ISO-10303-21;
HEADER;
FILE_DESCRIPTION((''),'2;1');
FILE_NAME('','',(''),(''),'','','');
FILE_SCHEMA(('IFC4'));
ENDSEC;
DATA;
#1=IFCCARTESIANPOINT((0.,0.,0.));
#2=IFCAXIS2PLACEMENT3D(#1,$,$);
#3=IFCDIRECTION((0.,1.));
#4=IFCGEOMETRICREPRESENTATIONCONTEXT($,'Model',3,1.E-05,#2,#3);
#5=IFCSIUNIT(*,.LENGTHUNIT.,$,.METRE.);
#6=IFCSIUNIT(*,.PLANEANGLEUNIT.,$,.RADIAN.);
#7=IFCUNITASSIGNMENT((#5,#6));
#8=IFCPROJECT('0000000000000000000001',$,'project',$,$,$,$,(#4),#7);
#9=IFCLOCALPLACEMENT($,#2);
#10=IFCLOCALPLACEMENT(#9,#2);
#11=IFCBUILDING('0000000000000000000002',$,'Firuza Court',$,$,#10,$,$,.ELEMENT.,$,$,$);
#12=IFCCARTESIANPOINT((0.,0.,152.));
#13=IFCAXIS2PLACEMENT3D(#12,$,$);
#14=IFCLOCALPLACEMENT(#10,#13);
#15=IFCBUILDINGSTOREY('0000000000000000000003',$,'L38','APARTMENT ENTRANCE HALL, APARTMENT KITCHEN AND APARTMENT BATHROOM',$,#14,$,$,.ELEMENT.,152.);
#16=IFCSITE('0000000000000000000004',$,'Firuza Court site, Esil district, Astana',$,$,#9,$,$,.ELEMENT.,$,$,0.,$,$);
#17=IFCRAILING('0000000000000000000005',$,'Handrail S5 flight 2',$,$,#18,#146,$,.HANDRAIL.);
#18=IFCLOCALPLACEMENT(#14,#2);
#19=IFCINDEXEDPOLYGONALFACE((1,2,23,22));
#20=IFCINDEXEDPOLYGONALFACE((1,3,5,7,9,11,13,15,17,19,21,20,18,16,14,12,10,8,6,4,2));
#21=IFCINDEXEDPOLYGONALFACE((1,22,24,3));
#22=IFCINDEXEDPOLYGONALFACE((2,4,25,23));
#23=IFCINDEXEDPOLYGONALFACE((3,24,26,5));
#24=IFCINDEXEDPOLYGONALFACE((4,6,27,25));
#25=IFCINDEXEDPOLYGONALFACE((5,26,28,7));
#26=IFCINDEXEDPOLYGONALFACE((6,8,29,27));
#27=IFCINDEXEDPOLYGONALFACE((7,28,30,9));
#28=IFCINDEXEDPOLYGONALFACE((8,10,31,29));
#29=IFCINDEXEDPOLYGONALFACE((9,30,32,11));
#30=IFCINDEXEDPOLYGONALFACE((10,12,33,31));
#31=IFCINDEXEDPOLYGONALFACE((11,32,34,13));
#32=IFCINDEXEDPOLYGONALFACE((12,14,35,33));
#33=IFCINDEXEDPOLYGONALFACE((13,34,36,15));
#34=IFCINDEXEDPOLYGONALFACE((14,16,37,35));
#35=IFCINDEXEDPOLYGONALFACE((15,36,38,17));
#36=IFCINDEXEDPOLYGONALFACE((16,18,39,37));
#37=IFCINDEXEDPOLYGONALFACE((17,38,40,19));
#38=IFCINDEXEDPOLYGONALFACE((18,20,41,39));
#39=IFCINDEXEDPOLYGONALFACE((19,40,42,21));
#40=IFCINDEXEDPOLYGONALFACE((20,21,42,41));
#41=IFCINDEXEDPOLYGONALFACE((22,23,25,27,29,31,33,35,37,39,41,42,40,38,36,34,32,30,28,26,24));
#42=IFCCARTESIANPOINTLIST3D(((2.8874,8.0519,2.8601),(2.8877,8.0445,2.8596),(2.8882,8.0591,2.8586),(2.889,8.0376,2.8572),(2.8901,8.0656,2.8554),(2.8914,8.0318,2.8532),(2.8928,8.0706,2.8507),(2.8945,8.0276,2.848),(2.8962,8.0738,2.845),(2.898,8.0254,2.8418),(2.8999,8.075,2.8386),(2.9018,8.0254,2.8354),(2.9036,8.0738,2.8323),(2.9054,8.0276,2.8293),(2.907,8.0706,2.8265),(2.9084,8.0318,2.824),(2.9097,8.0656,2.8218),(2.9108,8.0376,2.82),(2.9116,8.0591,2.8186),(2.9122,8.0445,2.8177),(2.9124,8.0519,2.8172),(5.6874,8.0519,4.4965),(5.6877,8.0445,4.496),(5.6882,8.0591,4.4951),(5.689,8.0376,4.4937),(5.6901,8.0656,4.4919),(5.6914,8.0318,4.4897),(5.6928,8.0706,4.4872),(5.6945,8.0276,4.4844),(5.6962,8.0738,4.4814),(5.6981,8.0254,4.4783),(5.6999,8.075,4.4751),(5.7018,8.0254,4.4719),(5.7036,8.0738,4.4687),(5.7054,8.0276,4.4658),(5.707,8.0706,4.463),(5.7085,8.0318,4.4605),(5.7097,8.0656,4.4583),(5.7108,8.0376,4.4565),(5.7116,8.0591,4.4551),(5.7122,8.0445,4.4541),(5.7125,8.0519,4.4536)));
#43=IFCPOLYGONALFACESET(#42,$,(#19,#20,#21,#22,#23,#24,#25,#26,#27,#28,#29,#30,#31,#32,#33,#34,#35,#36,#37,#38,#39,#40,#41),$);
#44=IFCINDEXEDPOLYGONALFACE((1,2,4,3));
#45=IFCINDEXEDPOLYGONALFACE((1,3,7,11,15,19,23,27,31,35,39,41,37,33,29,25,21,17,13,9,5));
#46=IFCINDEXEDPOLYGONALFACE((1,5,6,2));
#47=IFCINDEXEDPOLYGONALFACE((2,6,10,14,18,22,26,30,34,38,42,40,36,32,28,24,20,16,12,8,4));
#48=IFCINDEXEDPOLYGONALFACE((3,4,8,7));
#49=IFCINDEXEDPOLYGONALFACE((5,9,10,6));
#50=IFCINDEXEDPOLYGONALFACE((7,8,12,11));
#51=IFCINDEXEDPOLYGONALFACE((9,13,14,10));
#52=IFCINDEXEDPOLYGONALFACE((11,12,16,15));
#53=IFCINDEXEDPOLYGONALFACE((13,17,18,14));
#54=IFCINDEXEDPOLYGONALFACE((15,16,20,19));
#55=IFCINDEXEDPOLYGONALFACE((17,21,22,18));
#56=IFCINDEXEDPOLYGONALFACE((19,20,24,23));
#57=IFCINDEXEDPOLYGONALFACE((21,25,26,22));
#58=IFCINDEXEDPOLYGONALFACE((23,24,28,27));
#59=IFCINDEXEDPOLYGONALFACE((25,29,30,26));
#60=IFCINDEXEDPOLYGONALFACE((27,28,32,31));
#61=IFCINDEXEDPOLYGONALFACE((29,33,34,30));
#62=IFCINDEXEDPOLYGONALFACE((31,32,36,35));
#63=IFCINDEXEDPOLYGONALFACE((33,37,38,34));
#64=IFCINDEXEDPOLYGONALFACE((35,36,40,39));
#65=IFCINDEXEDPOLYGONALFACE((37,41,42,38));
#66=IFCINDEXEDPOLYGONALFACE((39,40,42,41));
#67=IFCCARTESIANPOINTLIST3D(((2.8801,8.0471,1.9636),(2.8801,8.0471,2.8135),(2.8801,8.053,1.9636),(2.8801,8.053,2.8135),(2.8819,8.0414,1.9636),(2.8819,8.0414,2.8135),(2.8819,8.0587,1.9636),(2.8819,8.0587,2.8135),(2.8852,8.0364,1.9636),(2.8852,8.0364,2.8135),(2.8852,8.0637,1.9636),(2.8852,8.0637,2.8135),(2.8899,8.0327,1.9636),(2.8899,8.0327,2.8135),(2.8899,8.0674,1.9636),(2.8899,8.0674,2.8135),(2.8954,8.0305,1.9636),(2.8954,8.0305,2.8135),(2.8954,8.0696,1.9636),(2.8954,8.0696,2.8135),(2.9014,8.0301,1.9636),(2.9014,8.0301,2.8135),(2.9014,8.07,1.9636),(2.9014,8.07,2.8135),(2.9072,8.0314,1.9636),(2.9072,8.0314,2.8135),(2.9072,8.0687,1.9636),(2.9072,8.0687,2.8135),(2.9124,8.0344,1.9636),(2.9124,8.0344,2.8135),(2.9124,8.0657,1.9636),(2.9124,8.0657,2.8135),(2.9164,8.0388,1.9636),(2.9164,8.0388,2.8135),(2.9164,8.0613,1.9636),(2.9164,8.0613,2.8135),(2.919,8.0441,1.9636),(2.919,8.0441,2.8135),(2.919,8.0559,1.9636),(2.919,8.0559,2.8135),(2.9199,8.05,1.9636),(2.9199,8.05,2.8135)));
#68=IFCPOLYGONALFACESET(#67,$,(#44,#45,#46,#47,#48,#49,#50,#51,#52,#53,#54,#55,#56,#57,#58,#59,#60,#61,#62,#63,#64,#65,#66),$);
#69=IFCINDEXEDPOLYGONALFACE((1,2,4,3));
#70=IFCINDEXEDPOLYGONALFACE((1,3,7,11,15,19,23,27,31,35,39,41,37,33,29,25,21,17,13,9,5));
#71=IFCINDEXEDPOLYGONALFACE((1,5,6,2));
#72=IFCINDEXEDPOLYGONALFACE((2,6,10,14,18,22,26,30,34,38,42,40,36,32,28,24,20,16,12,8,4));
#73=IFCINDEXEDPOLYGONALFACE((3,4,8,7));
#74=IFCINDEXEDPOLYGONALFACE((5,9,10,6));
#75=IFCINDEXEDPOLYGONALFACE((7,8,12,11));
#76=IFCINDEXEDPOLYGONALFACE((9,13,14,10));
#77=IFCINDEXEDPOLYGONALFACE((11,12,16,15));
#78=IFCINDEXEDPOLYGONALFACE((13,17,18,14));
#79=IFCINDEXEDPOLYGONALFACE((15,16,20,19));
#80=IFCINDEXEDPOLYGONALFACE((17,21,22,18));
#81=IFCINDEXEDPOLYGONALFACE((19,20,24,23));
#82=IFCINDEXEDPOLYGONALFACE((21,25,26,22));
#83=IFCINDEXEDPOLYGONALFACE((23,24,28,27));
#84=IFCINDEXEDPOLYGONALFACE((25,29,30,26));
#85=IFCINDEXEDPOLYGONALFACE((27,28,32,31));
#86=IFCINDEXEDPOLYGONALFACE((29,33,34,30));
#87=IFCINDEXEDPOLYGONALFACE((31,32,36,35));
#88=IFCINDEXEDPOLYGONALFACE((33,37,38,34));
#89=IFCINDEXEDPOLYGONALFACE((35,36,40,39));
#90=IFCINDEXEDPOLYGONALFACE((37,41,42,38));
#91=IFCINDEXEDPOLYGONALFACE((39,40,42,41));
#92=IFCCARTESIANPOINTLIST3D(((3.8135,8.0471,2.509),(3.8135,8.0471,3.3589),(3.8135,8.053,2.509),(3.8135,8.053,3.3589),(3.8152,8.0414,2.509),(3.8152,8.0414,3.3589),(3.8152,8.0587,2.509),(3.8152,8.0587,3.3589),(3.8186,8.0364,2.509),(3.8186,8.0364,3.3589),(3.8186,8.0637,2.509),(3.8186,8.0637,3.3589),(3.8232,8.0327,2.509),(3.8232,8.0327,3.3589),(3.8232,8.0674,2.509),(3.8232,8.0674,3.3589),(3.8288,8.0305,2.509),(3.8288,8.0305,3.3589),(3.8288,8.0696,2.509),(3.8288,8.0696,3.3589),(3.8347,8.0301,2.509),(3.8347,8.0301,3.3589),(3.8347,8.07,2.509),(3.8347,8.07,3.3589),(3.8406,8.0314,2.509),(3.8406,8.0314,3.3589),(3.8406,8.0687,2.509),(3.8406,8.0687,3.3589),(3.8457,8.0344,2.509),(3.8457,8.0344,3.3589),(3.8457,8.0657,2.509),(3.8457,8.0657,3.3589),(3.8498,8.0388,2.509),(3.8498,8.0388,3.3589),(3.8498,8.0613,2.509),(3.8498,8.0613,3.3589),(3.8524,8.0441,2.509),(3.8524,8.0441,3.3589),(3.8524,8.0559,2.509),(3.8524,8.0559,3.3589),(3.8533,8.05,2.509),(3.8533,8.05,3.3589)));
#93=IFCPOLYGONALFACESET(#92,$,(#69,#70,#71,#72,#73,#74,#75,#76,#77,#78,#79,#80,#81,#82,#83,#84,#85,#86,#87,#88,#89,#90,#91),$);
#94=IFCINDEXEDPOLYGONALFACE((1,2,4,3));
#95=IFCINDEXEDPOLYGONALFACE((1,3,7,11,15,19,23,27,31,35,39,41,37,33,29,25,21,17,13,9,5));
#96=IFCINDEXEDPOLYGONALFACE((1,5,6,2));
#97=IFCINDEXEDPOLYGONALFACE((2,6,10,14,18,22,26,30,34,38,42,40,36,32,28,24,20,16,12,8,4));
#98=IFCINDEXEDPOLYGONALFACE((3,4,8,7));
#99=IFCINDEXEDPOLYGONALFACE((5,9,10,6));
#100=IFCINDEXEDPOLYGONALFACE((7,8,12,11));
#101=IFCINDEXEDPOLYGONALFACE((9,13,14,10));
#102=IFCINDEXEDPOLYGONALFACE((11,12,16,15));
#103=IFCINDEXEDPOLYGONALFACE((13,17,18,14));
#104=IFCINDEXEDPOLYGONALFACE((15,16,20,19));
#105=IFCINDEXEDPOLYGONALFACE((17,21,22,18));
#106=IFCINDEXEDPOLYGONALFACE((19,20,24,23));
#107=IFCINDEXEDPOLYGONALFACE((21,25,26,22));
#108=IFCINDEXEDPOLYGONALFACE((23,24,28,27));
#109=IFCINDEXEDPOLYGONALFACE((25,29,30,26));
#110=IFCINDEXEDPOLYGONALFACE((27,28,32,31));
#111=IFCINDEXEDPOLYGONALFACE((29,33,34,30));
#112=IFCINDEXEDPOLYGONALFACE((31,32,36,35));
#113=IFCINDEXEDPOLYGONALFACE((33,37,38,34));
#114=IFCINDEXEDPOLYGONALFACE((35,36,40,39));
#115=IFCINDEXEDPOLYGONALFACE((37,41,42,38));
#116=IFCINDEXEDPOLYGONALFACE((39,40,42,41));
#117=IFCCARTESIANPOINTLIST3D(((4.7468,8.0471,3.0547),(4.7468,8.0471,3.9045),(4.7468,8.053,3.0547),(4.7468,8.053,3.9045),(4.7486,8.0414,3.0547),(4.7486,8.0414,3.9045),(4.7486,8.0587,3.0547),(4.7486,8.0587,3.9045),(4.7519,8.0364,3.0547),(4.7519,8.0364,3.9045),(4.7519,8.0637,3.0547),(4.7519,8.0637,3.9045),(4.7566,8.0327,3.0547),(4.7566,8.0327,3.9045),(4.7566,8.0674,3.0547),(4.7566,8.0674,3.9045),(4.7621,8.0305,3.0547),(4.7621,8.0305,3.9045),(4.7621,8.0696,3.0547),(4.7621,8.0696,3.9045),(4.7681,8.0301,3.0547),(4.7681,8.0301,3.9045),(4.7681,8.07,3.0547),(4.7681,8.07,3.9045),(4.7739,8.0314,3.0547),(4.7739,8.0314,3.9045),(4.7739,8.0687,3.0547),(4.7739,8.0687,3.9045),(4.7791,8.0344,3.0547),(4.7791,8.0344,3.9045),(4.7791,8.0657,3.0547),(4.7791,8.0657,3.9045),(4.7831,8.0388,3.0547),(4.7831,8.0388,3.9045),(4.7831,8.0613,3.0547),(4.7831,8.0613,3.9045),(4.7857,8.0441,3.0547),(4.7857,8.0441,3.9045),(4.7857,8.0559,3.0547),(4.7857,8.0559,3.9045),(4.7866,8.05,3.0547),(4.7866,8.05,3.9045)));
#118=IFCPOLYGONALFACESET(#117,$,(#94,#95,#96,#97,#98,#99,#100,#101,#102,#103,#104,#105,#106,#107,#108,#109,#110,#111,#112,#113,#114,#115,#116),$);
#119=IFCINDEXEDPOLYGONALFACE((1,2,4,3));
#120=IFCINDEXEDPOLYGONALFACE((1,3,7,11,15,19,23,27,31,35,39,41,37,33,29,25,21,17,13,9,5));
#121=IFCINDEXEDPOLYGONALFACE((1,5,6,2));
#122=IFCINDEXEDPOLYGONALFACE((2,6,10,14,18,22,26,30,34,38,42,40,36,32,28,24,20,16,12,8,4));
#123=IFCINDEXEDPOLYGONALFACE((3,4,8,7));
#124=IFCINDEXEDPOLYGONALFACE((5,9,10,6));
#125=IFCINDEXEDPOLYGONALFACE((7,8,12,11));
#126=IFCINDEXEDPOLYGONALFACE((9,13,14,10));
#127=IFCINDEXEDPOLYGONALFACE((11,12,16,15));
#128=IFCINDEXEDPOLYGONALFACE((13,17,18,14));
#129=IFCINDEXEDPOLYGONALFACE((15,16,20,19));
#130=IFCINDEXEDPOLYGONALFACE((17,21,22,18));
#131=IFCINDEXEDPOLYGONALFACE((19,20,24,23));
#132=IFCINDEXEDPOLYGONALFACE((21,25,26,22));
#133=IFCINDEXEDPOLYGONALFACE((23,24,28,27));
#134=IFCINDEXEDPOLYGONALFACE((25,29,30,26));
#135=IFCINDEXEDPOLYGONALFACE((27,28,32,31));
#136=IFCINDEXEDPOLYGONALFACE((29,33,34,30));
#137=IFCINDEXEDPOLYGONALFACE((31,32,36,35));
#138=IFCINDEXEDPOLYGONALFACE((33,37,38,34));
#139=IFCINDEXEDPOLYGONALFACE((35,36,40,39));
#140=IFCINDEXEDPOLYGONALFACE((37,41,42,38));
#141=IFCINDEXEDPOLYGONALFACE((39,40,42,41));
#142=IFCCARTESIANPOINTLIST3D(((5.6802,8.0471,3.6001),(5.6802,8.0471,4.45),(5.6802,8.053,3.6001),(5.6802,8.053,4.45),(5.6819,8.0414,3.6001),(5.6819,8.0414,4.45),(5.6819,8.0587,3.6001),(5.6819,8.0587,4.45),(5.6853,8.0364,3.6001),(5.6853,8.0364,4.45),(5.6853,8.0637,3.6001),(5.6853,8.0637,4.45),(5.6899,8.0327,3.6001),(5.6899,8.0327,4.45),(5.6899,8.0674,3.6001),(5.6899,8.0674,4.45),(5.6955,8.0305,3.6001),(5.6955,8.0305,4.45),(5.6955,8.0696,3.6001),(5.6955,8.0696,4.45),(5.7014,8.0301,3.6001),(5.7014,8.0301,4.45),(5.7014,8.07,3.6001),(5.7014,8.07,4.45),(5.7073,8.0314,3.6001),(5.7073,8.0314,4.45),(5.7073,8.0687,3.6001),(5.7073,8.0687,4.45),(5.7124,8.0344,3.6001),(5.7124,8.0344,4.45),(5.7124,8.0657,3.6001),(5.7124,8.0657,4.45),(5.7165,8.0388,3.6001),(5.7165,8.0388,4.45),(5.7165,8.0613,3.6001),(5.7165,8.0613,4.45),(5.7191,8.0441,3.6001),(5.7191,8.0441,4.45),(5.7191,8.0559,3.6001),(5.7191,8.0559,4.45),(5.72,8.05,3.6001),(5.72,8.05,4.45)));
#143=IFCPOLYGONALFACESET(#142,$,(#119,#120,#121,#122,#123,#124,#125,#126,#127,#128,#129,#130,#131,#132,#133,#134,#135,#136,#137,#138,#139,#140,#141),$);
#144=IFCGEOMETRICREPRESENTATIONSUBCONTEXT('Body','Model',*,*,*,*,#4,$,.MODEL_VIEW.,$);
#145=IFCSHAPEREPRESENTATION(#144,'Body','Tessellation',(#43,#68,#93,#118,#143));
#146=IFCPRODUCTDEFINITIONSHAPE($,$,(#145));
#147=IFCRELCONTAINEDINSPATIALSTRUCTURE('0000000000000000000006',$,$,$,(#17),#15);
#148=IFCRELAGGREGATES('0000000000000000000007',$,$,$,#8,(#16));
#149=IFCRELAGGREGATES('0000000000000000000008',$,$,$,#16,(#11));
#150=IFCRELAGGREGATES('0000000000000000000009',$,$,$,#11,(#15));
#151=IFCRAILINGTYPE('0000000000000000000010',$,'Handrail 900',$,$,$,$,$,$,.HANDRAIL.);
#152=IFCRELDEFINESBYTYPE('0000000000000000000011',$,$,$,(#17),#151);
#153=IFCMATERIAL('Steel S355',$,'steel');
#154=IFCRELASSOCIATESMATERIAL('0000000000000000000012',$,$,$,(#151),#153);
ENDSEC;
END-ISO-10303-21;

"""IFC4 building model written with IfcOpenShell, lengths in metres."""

from ifc_helpers import new_model, si_unit, direction, frame, origin, origin_2d, place, context, subcontext, project, spatial, circle, extrude, material, type_object, element, save


model = new_model("IFC4")

# Units and contexts
model_context = context("Model", 3, precision=1e-05, world=origin(), true_north=direction((0.0, 1.0)))
body_context = subcontext(model_context, "Body", "Model", "MODEL_VIEW")
ifc_project = project(units=[si_unit("LENGTHUNIT", "METRE"), si_unit("PLANEANGLEUNIT", "RADIAN")], contexts=[model_context])

# Site, building, storey
site_placement = place(None, origin())
site = spatial("IfcSite", under=ifc_project, at=site_placement, Name="Firuza Court site, Esil district, Astana", CompositionType="ELEMENT", RefElevation=0.0)
building_placement = place(site_placement, origin())
building = spatial("IfcBuilding", under=site, at=building_placement, Name="Firuza Court", CompositionType="ELEMENT")
storey_placement = place(building_placement, frame((0.0, 0.0, 152.0)))
storey = spatial("IfcBuildingStorey", under=building, at=storey_placement, Name="L38", Description="APARTMENT ENTRANCE HALL, APARTMENT KITCHEN AND APARTMENT BATHROOM", CompositionType="ELEMENT", Elevation=152.0)

# Railing
ifc_material_1 = material(Name="Steel S355", Category="steel")
railing_type_1 = type_object("IfcRailingType", Name="Handrail 900", PredefinedType="HANDRAIL", material=ifc_material_1)
railing_1_placement = place(storey_placement, frame((2.8999, 8.05, 1.9636)))
element("IfcRailing", 1, at=railing_1_placement, inside=storey, type_object=railing_type_1, Name="Handrail S5 flight 2", PredefinedType="HANDRAIL", context=body_context, shape_type="SweptSolid", body=[
    extrude(circle(Radius=0.0249, at=origin_2d()), frame((0.0, 0.0, 0.875), z_axis=(0.863361, 0.0, 0.504587), x_axis=(0.0, 1.0, 0.0)), (0.0, 0.0, 1.0), 3.2432),
    extrude(circle(Radius=0.02, at=origin_2d()), origin(), (0.0, 0.0, 1.0), 0.8499),
    extrude(circle(Radius=0.02, at=origin_2d()), frame((0.9333, 0.0, 0.5454)), (0.0, 0.0, 1.0), 0.8499),
    extrude(circle(Radius=0.02, at=origin_2d()), frame((1.8667, 0.0, 1.0911)), (0.0, 0.0, 1.0), 0.8499),
    extrude(circle(Radius=0.02, at=origin_2d()), frame((2.8, 0.0, 1.6365)), (0.0, 0.0, 1.0), 0.8499),
])

save(model, "model.ifc")
